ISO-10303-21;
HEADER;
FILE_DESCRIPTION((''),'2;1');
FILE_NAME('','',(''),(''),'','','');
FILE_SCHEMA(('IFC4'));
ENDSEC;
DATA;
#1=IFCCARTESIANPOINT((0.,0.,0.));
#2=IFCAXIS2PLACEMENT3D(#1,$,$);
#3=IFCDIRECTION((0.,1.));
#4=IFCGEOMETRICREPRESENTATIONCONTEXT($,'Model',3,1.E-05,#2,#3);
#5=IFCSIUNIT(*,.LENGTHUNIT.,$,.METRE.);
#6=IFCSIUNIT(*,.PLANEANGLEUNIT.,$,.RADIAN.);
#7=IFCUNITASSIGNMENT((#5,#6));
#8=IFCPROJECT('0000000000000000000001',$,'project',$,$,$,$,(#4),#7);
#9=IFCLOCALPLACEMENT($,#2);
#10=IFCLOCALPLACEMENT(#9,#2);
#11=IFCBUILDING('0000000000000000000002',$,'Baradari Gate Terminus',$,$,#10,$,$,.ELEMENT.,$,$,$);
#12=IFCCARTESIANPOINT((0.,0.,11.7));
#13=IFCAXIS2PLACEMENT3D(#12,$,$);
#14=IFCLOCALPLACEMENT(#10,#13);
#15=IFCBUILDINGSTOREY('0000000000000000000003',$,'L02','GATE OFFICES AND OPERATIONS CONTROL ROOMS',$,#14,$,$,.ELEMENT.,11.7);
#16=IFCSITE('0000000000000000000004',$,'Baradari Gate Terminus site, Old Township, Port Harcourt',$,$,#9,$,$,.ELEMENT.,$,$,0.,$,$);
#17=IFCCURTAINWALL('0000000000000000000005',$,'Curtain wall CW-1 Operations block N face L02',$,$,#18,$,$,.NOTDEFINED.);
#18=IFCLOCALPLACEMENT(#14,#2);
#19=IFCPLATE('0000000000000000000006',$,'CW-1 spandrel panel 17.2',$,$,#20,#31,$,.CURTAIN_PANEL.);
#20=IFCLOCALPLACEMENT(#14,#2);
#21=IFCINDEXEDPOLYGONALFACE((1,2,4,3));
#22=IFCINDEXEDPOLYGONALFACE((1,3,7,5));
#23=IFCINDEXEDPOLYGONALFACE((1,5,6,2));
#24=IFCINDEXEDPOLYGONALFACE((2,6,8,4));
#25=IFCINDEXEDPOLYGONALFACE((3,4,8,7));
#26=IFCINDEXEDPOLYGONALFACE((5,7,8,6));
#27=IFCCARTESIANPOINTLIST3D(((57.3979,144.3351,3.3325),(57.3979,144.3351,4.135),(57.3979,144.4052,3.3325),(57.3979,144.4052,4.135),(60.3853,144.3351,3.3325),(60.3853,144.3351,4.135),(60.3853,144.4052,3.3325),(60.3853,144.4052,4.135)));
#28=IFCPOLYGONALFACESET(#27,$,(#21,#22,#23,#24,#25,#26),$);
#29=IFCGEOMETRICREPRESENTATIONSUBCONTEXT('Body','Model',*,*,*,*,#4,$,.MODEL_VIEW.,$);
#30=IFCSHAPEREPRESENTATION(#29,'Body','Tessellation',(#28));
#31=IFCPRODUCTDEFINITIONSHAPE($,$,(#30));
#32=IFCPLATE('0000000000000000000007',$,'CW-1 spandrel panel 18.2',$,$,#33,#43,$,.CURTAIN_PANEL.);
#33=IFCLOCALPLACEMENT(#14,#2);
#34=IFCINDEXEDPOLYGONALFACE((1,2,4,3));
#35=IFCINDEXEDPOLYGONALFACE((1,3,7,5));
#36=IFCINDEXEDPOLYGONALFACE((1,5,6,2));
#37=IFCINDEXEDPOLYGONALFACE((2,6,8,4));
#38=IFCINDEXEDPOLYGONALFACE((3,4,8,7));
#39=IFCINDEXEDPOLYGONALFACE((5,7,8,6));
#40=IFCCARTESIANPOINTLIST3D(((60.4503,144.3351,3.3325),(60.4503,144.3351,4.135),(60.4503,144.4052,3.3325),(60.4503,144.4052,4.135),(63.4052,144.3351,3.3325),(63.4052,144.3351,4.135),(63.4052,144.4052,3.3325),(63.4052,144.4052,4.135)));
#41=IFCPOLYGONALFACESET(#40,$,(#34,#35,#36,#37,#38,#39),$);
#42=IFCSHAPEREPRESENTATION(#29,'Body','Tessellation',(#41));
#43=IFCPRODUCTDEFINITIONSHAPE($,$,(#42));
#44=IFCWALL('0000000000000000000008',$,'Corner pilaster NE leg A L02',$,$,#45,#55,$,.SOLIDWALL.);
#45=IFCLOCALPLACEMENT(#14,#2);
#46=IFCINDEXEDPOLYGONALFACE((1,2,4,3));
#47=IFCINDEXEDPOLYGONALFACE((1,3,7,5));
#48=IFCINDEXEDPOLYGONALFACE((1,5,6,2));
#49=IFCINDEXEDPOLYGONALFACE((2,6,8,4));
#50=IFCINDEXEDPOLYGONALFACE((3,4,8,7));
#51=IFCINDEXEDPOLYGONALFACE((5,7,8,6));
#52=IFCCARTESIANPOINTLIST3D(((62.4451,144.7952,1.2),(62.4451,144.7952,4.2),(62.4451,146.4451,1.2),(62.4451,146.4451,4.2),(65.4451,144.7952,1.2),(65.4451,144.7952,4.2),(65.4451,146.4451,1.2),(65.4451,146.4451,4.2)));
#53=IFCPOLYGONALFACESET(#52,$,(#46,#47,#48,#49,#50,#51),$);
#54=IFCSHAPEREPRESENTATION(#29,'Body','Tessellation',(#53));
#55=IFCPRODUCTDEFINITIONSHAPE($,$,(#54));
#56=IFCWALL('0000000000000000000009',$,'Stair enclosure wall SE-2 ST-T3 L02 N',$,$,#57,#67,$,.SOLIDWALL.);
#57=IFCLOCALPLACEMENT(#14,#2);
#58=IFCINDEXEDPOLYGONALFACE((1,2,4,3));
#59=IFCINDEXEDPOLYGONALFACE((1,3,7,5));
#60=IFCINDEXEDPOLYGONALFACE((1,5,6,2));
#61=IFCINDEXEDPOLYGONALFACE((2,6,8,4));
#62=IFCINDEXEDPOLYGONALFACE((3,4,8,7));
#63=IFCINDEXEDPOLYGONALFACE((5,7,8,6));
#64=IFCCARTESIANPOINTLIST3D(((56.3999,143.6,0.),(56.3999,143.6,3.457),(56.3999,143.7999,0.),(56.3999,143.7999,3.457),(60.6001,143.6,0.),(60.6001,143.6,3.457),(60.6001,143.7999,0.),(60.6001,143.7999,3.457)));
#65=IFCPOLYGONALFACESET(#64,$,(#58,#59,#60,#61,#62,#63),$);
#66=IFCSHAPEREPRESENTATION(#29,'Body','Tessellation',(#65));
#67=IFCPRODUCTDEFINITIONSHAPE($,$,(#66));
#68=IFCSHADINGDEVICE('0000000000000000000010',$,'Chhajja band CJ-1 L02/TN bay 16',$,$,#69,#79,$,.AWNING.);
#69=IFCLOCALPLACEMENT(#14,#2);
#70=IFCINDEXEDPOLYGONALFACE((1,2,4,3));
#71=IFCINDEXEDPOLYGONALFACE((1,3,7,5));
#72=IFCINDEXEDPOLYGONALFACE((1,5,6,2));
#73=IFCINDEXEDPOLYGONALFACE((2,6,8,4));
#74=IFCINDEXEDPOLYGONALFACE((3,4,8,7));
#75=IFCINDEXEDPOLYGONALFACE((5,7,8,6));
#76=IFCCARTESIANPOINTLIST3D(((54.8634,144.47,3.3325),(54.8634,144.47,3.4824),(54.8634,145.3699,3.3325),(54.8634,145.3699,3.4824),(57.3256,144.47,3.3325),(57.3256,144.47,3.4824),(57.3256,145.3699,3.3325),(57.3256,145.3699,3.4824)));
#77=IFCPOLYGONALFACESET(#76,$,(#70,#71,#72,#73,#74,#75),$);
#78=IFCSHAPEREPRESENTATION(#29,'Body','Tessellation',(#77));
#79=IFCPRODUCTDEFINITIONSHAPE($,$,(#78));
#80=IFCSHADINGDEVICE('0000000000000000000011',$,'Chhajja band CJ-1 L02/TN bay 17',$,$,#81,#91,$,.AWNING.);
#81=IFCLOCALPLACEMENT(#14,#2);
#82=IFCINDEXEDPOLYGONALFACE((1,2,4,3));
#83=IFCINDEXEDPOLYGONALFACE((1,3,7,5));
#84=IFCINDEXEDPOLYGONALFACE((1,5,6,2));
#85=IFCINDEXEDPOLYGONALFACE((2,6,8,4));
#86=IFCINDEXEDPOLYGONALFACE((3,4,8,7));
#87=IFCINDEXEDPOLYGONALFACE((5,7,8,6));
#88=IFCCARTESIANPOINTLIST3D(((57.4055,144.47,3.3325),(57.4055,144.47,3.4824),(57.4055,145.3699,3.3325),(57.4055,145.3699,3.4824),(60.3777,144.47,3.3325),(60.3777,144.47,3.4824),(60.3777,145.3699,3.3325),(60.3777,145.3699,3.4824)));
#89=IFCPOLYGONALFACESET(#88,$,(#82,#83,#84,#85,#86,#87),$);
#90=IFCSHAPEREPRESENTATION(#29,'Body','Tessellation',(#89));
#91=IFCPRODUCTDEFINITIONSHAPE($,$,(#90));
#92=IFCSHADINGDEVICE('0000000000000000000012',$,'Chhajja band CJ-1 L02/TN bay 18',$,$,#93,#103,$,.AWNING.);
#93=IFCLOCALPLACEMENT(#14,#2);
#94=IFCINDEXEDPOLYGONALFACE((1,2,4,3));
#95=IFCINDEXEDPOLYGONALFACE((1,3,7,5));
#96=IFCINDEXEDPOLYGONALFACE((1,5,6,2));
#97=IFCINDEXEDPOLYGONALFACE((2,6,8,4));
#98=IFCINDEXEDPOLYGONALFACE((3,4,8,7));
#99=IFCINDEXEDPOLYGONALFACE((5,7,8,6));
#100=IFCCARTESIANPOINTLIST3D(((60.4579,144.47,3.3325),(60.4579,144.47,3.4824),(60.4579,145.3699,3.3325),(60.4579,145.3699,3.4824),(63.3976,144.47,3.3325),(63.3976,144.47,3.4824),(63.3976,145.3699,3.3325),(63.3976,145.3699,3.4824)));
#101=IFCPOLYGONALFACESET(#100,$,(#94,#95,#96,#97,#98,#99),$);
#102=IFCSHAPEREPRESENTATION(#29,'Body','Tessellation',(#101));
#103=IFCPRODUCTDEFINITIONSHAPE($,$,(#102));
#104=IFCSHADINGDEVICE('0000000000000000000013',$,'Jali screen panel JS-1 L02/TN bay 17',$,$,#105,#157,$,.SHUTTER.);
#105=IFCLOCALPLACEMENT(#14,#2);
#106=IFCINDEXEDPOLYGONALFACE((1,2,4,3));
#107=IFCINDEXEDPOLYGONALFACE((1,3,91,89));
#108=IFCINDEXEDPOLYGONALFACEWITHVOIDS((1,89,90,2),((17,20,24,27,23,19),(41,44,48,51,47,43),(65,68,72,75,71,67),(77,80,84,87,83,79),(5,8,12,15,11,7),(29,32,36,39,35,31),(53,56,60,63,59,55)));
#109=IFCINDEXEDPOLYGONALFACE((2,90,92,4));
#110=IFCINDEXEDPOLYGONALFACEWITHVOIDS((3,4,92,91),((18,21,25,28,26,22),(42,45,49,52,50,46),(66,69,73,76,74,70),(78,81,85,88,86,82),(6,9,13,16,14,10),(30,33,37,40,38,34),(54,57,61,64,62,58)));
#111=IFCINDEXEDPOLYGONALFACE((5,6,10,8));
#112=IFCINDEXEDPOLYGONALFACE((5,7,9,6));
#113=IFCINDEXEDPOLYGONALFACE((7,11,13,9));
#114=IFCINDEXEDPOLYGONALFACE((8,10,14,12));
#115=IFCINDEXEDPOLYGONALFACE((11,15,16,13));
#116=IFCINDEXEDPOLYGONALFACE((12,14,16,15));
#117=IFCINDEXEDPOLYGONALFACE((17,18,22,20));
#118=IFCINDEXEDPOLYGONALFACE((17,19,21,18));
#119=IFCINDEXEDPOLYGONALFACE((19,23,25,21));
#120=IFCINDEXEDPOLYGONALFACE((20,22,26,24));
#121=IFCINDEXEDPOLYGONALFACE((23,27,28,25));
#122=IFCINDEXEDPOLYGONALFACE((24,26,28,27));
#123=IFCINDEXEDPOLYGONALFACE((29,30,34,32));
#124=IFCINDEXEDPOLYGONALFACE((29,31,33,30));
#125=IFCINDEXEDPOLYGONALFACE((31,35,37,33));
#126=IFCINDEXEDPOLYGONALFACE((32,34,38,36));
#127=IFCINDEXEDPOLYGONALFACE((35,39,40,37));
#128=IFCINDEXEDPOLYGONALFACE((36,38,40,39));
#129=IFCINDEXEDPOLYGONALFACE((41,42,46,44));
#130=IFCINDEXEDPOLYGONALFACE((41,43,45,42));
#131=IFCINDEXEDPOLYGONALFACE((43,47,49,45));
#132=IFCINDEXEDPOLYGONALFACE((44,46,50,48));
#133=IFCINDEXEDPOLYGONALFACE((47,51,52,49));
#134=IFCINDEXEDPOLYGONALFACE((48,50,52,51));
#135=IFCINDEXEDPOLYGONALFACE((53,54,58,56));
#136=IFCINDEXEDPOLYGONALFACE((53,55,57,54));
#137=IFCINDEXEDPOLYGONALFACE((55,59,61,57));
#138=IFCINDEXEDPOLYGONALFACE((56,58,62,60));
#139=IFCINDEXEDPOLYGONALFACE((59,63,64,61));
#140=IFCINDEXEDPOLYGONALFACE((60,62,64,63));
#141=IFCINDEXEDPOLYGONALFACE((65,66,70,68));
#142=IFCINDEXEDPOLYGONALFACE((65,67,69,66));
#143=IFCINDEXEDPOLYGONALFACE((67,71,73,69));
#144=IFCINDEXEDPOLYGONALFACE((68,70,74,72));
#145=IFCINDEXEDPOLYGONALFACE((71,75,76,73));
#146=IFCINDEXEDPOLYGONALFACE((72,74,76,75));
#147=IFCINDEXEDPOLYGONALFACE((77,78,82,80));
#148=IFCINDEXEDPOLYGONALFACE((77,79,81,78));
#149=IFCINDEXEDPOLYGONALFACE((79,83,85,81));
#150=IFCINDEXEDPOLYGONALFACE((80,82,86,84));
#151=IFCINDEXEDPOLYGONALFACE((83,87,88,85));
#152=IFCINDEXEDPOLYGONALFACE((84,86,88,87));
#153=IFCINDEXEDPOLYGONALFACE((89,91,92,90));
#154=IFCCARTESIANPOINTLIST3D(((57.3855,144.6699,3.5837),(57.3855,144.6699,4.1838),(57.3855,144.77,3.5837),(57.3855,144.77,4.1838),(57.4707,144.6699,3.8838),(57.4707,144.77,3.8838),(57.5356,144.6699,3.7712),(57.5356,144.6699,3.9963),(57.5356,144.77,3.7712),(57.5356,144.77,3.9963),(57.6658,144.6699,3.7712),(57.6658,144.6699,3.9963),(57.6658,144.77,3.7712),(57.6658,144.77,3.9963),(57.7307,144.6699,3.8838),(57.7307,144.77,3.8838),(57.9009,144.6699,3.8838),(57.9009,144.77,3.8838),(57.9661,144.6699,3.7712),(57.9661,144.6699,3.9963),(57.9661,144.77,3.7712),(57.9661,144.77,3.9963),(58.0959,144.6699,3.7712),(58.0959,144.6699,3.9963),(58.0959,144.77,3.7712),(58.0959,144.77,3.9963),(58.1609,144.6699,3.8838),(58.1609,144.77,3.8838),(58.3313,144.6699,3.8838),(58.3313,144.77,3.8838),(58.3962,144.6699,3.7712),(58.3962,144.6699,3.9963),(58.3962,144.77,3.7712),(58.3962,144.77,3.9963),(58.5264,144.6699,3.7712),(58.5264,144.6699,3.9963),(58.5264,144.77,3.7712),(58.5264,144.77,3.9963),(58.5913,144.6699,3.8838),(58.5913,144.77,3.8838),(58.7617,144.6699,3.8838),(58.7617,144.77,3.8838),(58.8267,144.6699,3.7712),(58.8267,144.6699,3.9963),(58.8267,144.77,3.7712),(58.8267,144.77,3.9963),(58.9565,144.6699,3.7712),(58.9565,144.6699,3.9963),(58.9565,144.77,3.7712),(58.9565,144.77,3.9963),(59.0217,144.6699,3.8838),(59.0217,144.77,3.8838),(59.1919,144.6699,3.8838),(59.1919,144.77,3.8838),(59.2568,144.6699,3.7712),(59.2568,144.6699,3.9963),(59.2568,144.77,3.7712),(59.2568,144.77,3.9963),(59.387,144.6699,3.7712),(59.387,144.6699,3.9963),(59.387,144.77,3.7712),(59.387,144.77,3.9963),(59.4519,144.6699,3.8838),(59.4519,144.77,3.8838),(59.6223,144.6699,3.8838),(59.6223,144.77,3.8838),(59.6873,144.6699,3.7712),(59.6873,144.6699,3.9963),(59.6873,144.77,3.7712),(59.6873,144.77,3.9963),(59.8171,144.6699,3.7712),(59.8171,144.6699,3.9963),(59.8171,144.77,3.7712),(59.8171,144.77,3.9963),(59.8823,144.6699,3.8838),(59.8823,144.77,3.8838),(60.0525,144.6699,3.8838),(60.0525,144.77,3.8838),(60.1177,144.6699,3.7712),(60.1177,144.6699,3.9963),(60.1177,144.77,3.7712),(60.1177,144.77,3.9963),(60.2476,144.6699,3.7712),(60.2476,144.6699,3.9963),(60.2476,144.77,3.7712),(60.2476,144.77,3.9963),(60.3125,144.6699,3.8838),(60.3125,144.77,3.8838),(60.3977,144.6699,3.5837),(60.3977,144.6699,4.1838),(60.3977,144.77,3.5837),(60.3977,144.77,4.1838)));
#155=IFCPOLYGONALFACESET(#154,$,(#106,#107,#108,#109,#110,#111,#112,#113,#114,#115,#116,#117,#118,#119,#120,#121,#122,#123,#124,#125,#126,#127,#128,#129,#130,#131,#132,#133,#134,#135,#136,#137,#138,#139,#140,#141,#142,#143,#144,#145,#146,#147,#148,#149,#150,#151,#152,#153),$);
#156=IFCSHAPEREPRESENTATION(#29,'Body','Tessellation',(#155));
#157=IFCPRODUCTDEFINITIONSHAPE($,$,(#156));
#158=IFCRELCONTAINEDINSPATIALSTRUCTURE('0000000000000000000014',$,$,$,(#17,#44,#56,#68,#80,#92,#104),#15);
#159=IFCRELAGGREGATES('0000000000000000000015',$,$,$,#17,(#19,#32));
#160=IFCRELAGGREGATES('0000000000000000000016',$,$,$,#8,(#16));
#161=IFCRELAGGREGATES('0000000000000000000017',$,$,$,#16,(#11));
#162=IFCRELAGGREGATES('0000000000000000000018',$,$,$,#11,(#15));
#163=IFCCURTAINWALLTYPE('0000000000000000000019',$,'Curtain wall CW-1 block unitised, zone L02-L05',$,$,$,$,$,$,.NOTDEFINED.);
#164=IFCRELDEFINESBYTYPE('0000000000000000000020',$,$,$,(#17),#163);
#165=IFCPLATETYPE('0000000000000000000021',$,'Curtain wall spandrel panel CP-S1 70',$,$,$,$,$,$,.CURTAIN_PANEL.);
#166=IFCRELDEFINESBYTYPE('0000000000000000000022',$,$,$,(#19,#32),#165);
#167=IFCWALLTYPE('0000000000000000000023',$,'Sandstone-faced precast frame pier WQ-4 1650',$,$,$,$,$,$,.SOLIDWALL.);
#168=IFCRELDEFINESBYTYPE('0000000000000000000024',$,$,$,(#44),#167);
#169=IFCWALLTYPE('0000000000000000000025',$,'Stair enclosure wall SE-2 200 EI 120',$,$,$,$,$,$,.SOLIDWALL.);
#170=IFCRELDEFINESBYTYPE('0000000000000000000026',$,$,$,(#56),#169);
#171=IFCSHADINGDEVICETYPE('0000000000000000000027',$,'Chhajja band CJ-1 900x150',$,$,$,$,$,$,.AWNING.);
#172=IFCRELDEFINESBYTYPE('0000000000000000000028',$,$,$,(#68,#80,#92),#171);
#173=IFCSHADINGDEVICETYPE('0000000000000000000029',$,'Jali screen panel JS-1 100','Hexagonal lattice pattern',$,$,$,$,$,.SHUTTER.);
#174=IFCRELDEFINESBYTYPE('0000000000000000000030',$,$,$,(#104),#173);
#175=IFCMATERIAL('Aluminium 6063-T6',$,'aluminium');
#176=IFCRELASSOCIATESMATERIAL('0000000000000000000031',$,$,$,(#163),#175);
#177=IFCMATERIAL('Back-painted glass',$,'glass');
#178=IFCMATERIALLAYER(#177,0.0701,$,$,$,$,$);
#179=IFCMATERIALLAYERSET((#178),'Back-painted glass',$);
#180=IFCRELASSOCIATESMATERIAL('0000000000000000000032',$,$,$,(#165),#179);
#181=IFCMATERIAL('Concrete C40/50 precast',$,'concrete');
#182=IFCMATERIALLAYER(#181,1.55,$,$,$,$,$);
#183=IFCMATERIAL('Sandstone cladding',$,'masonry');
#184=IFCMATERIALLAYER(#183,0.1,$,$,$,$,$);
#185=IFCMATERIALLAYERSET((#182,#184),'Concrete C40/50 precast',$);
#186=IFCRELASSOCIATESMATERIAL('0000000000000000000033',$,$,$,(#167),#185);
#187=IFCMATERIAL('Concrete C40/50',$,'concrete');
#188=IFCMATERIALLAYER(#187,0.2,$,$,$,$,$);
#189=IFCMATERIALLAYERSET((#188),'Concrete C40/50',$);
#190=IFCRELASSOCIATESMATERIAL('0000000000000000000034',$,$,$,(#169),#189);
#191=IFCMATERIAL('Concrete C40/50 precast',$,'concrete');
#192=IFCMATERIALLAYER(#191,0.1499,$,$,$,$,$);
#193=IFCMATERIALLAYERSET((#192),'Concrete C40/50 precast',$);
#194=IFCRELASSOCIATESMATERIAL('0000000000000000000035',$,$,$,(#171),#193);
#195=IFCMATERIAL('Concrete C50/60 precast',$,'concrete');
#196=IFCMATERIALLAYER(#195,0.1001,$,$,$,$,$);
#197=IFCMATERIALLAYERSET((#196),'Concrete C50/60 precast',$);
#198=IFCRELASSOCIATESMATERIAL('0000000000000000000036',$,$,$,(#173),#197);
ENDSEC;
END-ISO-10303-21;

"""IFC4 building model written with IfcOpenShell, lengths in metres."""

from ifc_helpers import new_model, si_unit, direction, frame, frame_2d, origin, origin_2d, place, context, subcontext, project, spatial, polyline, rectangle, outline, extrude, material, layer, layer_set, type_object, element, aggregate, save


model = new_model("IFC4")

# Units and contexts
model_context = context("Model", 3, precision=1e-05, world=origin(), true_north=direction((0.0, 1.0)))
body_context = subcontext(model_context, "Body", "Model", "MODEL_VIEW")
ifc_project = project(units=[si_unit("LENGTHUNIT", "METRE"), si_unit("PLANEANGLEUNIT", "RADIAN")], contexts=[model_context])

# Site, building, storey
site_placement = place(None, origin())
site = spatial("IfcSite", under=ifc_project, at=site_placement, Name="Baradari Gate Terminus site, Old Township, Port Harcourt", CompositionType="ELEMENT", RefElevation=0.0)
building_placement = place(site_placement, origin())
building = spatial("IfcBuilding", under=site, at=building_placement, Name="Baradari Gate Terminus", CompositionType="ELEMENT")
storey_placement = place(building_placement, frame((0.0, 0.0, 11.7)))
storey = spatial("IfcBuildingStorey", under=building, at=storey_placement, Name="L02", Description="GATE OFFICES AND OPERATIONS CONTROL ROOMS", CompositionType="ELEMENT", Elevation=11.7)

# Curtain wall, plates
ifc_material_1 = material(Name="Aluminium 6063-T6", Category="aluminium")
curtain_wall_type = type_object("IfcCurtainWallType", Name="Curtain wall CW-1 block unitised, zone L02-L05", PredefinedType="NOTDEFINED", material=ifc_material_1)
curtain_wall_placement = place(storey_placement, origin())
curtain_wall = element("IfcCurtainWall", 1, at=curtain_wall_placement, inside=storey, type_object=curtain_wall_type, Name="Curtain wall CW-1 Operations block N face L02", PredefinedType="NOTDEFINED")
ifc_material_2 = material(Name="Back-painted glass", Category="glass")
ifc_layer_1 = layer(ifc_material_2, 0.0701)
ifc_layer_set_1 = layer_set([ifc_layer_1], Name="Back-painted glass")
plate_type_1 = type_object("IfcPlateType", Name="Curtain wall spandrel panel CP-S1 70", PredefinedType="CURTAIN_PANEL", material=ifc_layer_set_1)
plate_1_placement = place(storey_placement, frame((58.8916, 144.3701, 3.3325), z_axis=(0.0, 0.0, 1.0), x_axis=(1.0, 0.0, 0.0)))
plate_1 = element("IfcPlate", 2, at=plate_1_placement, type_object=plate_type_1, Name="CW-1 spandrel panel 17.2", PredefinedType="CURTAIN_PANEL", context=body_context, shape_type="SweptSolid", body=[
    extrude(rectangle(XDim=2.9873, YDim=0.0701, at=origin_2d()), origin(), (0.0, 0.0, 1.0), 0.8025),
])
plate_2_placement = place(storey_placement, frame((61.9277, 144.3701, 3.3325), z_axis=(0.0, 0.0, 1.0), x_axis=(1.0, 0.0, 0.0)))
plate_2 = element("IfcPlate", 3, at=plate_2_placement, type_object=plate_type_1, Name="CW-1 spandrel panel 18.2", PredefinedType="CURTAIN_PANEL", context=body_context, shape_type="SweptSolid", body=[
    extrude(rectangle(XDim=2.9548, YDim=0.0701, at=origin_2d()), origin(), (0.0, 0.0, 1.0), 0.8025),
])
aggregate(curtain_wall, [plate_1, plate_2])

# Walls
ifc_material_3 = material(Name="Concrete C40/50 precast", Category="concrete")
ifc_layer_2 = layer(ifc_material_3, 1.55)
ifc_material_4 = material(Name="Sandstone cladding", Category="masonry")
ifc_layer_3 = layer(ifc_material_4, 0.1)
ifc_layer_set_2 = layer_set([ifc_layer_2, ifc_layer_3], Name="Concrete C40/50 precast")
wall_type_1 = type_object("IfcWallType", Name="Sandstone-faced precast frame pier WQ-4 1650", PredefinedType="SOLIDWALL", material=ifc_layer_set_2)
wall_1_placement = place(storey_placement, frame((62.4451, 145.6201, 1.2), z_axis=(0.0, 0.0, 1.0), x_axis=(1.0, 0.0, 0.0)))
element("IfcWall", 4, at=wall_1_placement, inside=storey, type_object=wall_type_1, Name="Corner pilaster NE leg A L02", PredefinedType="SOLIDWALL", context=body_context, shape_type="SweptSolid", body=[
    extrude(rectangle(XDim=3.0, YDim=1.6499, at=frame_2d((1.5, 0.0))), origin(), (0.0, 0.0, 1.0), 3.0),
])
ifc_material_5 = material(Name="Concrete C40/50", Category="concrete")
ifc_layer_4 = layer(ifc_material_5, 0.2)
ifc_layer_set_3 = layer_set([ifc_layer_4], Name="Concrete C40/50")
wall_type_2 = type_object("IfcWallType", Name="Stair enclosure wall SE-2 200 EI 120", PredefinedType="SOLIDWALL", material=ifc_layer_set_3)
wall_2_placement = place(storey_placement, frame((56.3999, 143.7, 0.0), z_axis=(0.0, 0.0, 1.0), x_axis=(1.0, 0.0, 0.0)))
element("IfcWall", 5, at=wall_2_placement, inside=storey, type_object=wall_type_2, Name="Stair enclosure wall SE-2 ST-T3 L02 N", PredefinedType="SOLIDWALL", context=body_context, shape_type="SweptSolid", body=[
    extrude(rectangle(XDim=4.2002, YDim=0.2, at=frame_2d((2.1001, 0.0))), origin(), (0.0, 0.0, 1.0), 3.457),
])

# Shading devices
ifc_material_6 = material(Name="Concrete C40/50 precast", Category="concrete")
ifc_layer_5 = layer(ifc_material_6, 0.1499)
ifc_layer_set_4 = layer_set([ifc_layer_5], Name="Concrete C40/50 precast")
shading_device_type_1 = type_object("IfcShadingDeviceType", Name="Chhajja band CJ-1 900x150", PredefinedType="AWNING", material=ifc_layer_set_4)
shading_device_1_placement = place(storey_placement, frame((56.0945, 144.9199, 3.3325), z_axis=(0.0, 0.0, 1.0), x_axis=(1.0, 0.0, 0.0)))
element("IfcShadingDevice", 6, at=shading_device_1_placement, inside=storey, type_object=shading_device_type_1, Name="Chhajja band CJ-1 L02/TN bay 16", PredefinedType="AWNING", context=body_context, shape_type="SweptSolid", body=[
    extrude(rectangle(XDim=2.4622, YDim=0.8999, at=origin_2d()), origin(), (0.0, 0.0, 1.0), 0.1499),
])
shading_device_2_placement = place(storey_placement, frame((58.8916, 144.9199, 3.3325), z_axis=(0.0, 0.0, 1.0), x_axis=(1.0, 0.0, 0.0)))
element("IfcShadingDevice", 7, at=shading_device_2_placement, inside=storey, type_object=shading_device_type_1, Name="Chhajja band CJ-1 L02/TN bay 17", PredefinedType="AWNING", context=body_context, shape_type="SweptSolid", body=[
    extrude(rectangle(XDim=2.9722, YDim=0.8999, at=origin_2d()), origin(), (0.0, 0.0, 1.0), 0.1499),
])
shading_device_3_placement = place(storey_placement, frame((61.9277, 144.9199, 3.3325), z_axis=(0.0, 0.0, 1.0), x_axis=(1.0, 0.0, 0.0)))
element("IfcShadingDevice", 8, at=shading_device_3_placement, inside=storey, type_object=shading_device_type_1, Name="Chhajja band CJ-1 L02/TN bay 18", PredefinedType="AWNING", context=body_context, shape_type="SweptSolid", body=[
    extrude(rectangle(XDim=2.9397, YDim=0.8999, at=origin_2d()), origin(), (0.0, 0.0, 1.0), 0.1499),
])
ifc_material_7 = material(Name="Concrete C50/60 precast", Category="concrete")
ifc_layer_6 = layer(ifc_material_7, 0.1001)
ifc_layer_set_5 = layer_set([ifc_layer_6], Name="Concrete C50/60 precast")
shading_device_type_2 = type_object("IfcShadingDeviceType", Name="Jali screen panel JS-1 100", Description="Hexagonal lattice pattern", PredefinedType="SHUTTER", material=ifc_layer_set_5)
shading_device_4_placement = place(storey_placement, frame((57.3855, 144.72, 3.5837), z_axis=(0.0, 0.0, 1.0), x_axis=(1.0, 0.0, 0.0)))
element("IfcShadingDevice", 9, at=shading_device_4_placement, inside=storey, type_object=shading_device_type_2, Name="Jali screen panel JS-1 L02/TN bay 17", PredefinedType="SHUTTER", context=body_context, shape_type="SweptSolid", body=[
    extrude(outline(polyline([(0.0, 0.0), (3.0122, 0.0), (3.0122, 0.6001), (0.0, 0.6001), (0.0, 0.0)]), holes=[polyline([(0.3452, 0.3), (0.2803, 0.1875), (0.1501, 0.1875), (0.0852, 0.3), (0.1501, 0.4126), (0.2803, 0.4126), (0.3452, 0.3)]), polyline([(0.7754, 0.3), (0.7104, 0.1875), (0.5806, 0.1875), (0.5154, 0.3), (0.5806, 0.4126), (0.7104, 0.4126), (0.7754, 0.3)]), polyline([(1.2058, 0.3), (1.1409, 0.1875), (1.0107, 0.1875), (0.9458, 0.3), (1.0107, 0.4126), (1.1409, 0.4126), (1.2058, 0.3)]), polyline([(1.6362, 0.3), (1.571, 0.1875), (1.4412, 0.1875), (1.3762, 0.3), (1.4412, 0.4126), (1.571, 0.4126), (1.6362, 0.3)]), polyline([(2.0664, 0.3), (2.0015, 0.1875), (1.8713, 0.1875), (1.8064, 0.3), (1.8713, 0.4126), (2.0015, 0.4126), (2.0664, 0.3)]), polyline([(2.4968, 0.3), (2.4316, 0.1875), (2.3018, 0.1875), (2.2368, 0.3), (2.3018, 0.4126), (2.4316, 0.4126), (2.4968, 0.3)]), polyline([(2.927, 0.3), (2.8621, 0.1875), (2.7322, 0.1875), (2.667, 0.3), (2.7322, 0.4126), (2.8621, 0.4126), (2.927, 0.3)])]), frame((0.0, 0.05, 0.0), z_axis=(0.0, -1.0, 0.0), x_axis=(1.0, 0.0, 0.0)), (0.0, 0.0, 1.0), 0.1001),
])

save(model, "model.ifc")
